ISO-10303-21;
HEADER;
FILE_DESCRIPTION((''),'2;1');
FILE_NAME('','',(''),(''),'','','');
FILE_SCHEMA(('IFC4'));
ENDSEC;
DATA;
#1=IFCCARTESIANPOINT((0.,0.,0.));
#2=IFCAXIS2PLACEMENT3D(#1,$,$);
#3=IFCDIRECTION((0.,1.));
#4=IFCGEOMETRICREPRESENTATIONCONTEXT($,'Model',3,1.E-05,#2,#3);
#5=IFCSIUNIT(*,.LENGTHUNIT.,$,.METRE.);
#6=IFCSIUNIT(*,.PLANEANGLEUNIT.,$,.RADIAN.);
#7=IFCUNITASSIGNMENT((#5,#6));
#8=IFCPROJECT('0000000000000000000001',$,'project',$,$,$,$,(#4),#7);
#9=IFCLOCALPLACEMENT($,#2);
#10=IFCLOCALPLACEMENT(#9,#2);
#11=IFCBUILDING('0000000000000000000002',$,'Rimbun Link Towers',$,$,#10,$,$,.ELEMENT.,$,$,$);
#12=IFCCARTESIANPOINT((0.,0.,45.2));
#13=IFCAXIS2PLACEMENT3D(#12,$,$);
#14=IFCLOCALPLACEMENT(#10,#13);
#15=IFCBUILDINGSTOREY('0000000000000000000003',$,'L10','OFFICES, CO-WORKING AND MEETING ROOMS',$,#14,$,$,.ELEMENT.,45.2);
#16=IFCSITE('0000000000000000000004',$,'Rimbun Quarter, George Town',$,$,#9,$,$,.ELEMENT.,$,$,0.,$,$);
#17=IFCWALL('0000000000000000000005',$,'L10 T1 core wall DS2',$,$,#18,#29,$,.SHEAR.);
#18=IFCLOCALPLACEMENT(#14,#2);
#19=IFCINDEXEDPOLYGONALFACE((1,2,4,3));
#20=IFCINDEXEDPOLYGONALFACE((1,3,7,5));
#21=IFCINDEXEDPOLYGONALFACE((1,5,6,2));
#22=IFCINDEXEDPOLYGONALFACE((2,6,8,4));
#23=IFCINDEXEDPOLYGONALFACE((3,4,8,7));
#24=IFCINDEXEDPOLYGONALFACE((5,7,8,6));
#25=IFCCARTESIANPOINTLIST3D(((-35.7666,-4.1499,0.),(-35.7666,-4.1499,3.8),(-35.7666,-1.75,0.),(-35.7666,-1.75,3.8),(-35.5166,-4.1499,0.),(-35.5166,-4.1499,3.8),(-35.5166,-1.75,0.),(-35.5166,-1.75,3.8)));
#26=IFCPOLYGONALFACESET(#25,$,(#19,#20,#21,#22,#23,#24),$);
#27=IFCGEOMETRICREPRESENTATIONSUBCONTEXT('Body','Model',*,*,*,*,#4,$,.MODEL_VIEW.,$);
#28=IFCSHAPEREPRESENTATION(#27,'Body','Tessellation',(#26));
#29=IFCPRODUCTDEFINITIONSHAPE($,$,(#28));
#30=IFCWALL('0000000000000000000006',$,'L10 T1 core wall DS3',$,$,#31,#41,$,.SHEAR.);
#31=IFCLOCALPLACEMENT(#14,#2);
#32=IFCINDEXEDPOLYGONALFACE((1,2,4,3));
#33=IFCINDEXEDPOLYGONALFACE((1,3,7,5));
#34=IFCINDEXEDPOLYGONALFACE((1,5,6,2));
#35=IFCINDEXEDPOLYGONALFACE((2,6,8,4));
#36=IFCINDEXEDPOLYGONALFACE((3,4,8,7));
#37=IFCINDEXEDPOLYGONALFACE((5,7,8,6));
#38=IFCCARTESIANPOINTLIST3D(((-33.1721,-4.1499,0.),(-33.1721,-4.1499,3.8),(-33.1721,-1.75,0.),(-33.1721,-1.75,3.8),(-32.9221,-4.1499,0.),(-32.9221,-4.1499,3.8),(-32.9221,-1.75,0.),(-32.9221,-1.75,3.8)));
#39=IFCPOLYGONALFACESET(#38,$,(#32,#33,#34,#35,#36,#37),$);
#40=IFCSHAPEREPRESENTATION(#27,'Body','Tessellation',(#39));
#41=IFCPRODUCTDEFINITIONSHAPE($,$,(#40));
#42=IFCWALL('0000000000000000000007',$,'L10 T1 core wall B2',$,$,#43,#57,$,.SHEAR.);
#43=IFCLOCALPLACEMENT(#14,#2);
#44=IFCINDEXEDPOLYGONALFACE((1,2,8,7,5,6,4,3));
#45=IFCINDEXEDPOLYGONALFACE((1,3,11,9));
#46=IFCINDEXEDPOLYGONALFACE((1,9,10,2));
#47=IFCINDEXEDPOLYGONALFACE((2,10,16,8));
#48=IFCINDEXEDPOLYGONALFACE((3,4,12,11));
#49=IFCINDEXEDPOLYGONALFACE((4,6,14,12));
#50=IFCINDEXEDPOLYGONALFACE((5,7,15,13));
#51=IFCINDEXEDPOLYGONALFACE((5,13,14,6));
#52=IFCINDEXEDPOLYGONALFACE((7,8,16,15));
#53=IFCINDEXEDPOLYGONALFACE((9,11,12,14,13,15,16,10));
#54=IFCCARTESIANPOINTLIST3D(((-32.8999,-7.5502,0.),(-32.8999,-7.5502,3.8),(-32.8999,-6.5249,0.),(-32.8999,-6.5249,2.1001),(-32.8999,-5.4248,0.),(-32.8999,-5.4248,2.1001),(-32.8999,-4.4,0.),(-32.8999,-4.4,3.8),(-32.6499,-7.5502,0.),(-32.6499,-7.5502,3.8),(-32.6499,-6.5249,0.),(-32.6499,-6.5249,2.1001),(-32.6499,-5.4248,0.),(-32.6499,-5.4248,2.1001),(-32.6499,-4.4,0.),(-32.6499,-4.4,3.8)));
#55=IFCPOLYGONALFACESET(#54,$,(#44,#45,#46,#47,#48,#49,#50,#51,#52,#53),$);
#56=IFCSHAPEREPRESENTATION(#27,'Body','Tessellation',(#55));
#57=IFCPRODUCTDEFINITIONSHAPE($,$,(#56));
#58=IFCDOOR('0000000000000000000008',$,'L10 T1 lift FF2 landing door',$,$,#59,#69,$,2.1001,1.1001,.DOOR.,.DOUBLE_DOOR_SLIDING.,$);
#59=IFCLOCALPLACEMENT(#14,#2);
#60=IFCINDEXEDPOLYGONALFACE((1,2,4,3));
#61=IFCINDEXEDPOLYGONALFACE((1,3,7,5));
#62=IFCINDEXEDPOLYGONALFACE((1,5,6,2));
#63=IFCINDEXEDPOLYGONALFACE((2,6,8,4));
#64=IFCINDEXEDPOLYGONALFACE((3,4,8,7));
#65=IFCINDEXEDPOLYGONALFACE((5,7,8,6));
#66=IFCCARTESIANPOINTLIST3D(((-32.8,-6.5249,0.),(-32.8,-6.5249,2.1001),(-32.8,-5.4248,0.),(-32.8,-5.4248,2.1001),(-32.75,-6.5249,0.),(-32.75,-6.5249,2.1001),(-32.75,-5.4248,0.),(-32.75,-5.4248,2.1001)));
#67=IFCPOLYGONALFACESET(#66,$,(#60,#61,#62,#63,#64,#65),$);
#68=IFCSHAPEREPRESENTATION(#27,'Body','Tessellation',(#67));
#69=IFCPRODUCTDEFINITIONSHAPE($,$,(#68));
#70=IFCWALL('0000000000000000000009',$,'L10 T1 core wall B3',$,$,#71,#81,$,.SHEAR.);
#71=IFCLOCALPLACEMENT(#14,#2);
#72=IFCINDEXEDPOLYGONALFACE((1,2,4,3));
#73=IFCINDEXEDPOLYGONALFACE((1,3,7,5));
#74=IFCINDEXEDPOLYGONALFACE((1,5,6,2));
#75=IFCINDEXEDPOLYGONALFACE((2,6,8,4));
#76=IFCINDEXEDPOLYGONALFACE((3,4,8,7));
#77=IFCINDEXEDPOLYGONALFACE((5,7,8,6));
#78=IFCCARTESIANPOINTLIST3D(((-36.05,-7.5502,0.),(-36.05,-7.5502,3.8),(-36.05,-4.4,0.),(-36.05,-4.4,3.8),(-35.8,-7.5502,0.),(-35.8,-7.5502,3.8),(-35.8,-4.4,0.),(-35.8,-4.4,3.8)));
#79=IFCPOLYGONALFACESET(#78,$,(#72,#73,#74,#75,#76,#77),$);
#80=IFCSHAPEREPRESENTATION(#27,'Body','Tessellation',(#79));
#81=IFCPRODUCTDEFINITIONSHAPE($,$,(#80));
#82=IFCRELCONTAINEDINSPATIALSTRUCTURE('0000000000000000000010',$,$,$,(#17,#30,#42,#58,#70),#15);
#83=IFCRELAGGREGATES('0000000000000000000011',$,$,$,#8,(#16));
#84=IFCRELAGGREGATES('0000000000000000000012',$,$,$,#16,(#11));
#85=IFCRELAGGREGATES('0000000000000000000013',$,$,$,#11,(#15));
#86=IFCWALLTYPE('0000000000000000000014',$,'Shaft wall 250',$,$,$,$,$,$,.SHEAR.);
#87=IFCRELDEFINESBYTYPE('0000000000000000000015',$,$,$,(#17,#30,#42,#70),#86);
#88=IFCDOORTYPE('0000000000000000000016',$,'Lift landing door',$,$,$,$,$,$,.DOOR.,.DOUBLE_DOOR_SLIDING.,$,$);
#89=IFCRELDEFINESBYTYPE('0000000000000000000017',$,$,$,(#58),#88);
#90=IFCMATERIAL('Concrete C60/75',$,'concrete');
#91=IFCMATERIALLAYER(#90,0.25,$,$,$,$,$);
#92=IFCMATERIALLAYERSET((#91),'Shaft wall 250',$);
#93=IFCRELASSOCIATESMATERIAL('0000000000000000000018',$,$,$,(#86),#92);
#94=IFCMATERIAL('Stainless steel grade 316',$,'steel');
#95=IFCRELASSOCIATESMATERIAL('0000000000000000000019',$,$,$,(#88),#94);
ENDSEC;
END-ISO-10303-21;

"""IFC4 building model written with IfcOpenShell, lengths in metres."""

from ifc_helpers import new_model, si_unit, direction, frame, frame_2d, origin, place, context, subcontext, project, spatial, rectangle, extrude, material, layer, layer_set, type_object, element, fill, save


model = new_model("IFC4")

# Units and contexts
model_context = context("Model", 3, precision=1e-05, world=origin(), true_north=direction((0.0, 1.0)))
body_context = subcontext(model_context, "Body", "Model", "MODEL_VIEW")
ifc_project = project(units=[si_unit("LENGTHUNIT", "METRE"), si_unit("PLANEANGLEUNIT", "RADIAN")], contexts=[model_context])

# Site, building, storey
site_placement = place(None, origin())
site = spatial("IfcSite", under=ifc_project, at=site_placement, Name="Rimbun Quarter, George Town", CompositionType="ELEMENT", RefElevation=0.0)
building_placement = place(site_placement, origin())
building = spatial("IfcBuilding", under=site, at=building_placement, Name="Rimbun Link Towers", CompositionType="ELEMENT")
storey_placement = place(building_placement, frame((0.0, 0.0, 45.2)))
storey = spatial("IfcBuildingStorey", under=building, at=storey_placement, Name="L10", Description="OFFICES, CO-WORKING AND MEETING ROOMS", CompositionType="ELEMENT", Elevation=45.2)

# Shared definitions
ifc_material_1 = material(Name="Concrete C60/75", Category="concrete")
ifc_layer_1 = layer(ifc_material_1, 0.25)
ifc_layer_set_1 = layer_set([ifc_layer_1], Name="Shaft wall 250")
wall_type_1 = type_object("IfcWallType", Name="Shaft wall 250", PredefinedType="SHEAR", material=ifc_layer_set_1)
ifc_material_2 = material(Name="Stainless steel grade 316", Category="steel")
door_type = type_object("IfcDoorType", Name="Lift landing door", OperationType="DOUBLE_DOOR_SLIDING", PredefinedType="DOOR", material=ifc_material_2)

# Walls
for number, where, z_axis, x_axis, name in (
    (1, (-35.6416, -4.1499, 0.0), (0.0, 0.0, 1.0), (0.0, 1.0, 0.0), "L10 T1 core wall DS2"),
    (2, (-33.0471, -4.1499, 0.0), (0.0, 0.0, 1.0), (0.0, 1.0, 0.0), "L10 T1 core wall DS3"),
):
    element("IfcWall", number, at=place(storey_placement, frame(where, z_axis=z_axis, x_axis=x_axis)), inside=storey, type_object=wall_type_1, Name=name, PredefinedType="SHEAR", context=body_context, shape_type="SweptSolid", body=[
        extrude(rectangle(XDim=2.3999, YDim=0.25, at=frame_2d((1.2, 0.0))), origin(), (0.0, 0.0, 1.0), 3.8),
    ])

# Wall, opening, door
wall_1_placement = place(storey_placement, frame((-32.7749, -4.3999, 0.0), z_axis=(0.0, 0.0, 1.0), x_axis=(0.0, -1.0, 0.0)))
wall_1 = element("IfcWall", 3, at=wall_1_placement, inside=storey, type_object=wall_type_1, Name="L10 T1 core wall B2", PredefinedType="SHEAR", context=body_context, shape_type="SweptSolid", body=[
    extrude(rectangle(XDim=3.1501, YDim=0.25, at=frame_2d((1.5752, 0.0))), origin(), (0.0, 0.0, 1.0), 3.8),
])
opening_1_placement = place(wall_1_placement, frame((1.0249, 0.0, 0.0)))
opening_1 = element("IfcOpeningElement", 4, at=opening_1_placement, cuts=wall_1, PredefinedType="OPENING", context=body_context, shape_type="SweptSolid", body=[
    extrude(rectangle(XDim=1.1001, YDim=2.1001, at=frame_2d((0.55, 1.05))), frame((0.0, 0.135, 0.0), z_axis=(0.0, -1.0, 0.0), x_axis=(1.0, 0.0, 0.0)), (0.0, 0.0, 1.0), 0.27),
])
door_1_placement = place(opening_1_placement, origin())
door_1 = element("IfcDoor", 5, at=door_1_placement, inside=storey, type_object=door_type, Name="L10 T1 lift FF2 landing door", OperationType="DOUBLE_DOOR_SLIDING", OverallHeight=2.1001, OverallWidth=1.1001, PredefinedType="DOOR", context=body_context, shape_type="SweptSolid", body=[
    extrude(rectangle(XDim=1.1001, YDim=2.1001, at=frame_2d((0.55, 1.05))), frame((0.0, 0.0249, 0.0), z_axis=(0.0, -1.0, 0.0), x_axis=(1.0, 0.0, 0.0)), (0.0, 0.0, 1.0), 0.05),
])
fill(opening_1, door_1)

# Wall
wall_2_placement = place(storey_placement, frame((-35.925, -4.3999, 0.0), z_axis=(0.0, 0.0, 1.0), x_axis=(0.0, -1.0, 0.0)))
element("IfcWall", 6, at=wall_2_placement, inside=storey, type_object=wall_type_1, Name="L10 T1 core wall B3", PredefinedType="SHEAR", context=body_context, shape_type="SweptSolid", body=[
    extrude(rectangle(XDim=3.1501, YDim=0.25, at=frame_2d((1.5752, 0.0))), origin(), (0.0, 0.0, 1.0), 3.8),
])

save(model, "model.ifc")
